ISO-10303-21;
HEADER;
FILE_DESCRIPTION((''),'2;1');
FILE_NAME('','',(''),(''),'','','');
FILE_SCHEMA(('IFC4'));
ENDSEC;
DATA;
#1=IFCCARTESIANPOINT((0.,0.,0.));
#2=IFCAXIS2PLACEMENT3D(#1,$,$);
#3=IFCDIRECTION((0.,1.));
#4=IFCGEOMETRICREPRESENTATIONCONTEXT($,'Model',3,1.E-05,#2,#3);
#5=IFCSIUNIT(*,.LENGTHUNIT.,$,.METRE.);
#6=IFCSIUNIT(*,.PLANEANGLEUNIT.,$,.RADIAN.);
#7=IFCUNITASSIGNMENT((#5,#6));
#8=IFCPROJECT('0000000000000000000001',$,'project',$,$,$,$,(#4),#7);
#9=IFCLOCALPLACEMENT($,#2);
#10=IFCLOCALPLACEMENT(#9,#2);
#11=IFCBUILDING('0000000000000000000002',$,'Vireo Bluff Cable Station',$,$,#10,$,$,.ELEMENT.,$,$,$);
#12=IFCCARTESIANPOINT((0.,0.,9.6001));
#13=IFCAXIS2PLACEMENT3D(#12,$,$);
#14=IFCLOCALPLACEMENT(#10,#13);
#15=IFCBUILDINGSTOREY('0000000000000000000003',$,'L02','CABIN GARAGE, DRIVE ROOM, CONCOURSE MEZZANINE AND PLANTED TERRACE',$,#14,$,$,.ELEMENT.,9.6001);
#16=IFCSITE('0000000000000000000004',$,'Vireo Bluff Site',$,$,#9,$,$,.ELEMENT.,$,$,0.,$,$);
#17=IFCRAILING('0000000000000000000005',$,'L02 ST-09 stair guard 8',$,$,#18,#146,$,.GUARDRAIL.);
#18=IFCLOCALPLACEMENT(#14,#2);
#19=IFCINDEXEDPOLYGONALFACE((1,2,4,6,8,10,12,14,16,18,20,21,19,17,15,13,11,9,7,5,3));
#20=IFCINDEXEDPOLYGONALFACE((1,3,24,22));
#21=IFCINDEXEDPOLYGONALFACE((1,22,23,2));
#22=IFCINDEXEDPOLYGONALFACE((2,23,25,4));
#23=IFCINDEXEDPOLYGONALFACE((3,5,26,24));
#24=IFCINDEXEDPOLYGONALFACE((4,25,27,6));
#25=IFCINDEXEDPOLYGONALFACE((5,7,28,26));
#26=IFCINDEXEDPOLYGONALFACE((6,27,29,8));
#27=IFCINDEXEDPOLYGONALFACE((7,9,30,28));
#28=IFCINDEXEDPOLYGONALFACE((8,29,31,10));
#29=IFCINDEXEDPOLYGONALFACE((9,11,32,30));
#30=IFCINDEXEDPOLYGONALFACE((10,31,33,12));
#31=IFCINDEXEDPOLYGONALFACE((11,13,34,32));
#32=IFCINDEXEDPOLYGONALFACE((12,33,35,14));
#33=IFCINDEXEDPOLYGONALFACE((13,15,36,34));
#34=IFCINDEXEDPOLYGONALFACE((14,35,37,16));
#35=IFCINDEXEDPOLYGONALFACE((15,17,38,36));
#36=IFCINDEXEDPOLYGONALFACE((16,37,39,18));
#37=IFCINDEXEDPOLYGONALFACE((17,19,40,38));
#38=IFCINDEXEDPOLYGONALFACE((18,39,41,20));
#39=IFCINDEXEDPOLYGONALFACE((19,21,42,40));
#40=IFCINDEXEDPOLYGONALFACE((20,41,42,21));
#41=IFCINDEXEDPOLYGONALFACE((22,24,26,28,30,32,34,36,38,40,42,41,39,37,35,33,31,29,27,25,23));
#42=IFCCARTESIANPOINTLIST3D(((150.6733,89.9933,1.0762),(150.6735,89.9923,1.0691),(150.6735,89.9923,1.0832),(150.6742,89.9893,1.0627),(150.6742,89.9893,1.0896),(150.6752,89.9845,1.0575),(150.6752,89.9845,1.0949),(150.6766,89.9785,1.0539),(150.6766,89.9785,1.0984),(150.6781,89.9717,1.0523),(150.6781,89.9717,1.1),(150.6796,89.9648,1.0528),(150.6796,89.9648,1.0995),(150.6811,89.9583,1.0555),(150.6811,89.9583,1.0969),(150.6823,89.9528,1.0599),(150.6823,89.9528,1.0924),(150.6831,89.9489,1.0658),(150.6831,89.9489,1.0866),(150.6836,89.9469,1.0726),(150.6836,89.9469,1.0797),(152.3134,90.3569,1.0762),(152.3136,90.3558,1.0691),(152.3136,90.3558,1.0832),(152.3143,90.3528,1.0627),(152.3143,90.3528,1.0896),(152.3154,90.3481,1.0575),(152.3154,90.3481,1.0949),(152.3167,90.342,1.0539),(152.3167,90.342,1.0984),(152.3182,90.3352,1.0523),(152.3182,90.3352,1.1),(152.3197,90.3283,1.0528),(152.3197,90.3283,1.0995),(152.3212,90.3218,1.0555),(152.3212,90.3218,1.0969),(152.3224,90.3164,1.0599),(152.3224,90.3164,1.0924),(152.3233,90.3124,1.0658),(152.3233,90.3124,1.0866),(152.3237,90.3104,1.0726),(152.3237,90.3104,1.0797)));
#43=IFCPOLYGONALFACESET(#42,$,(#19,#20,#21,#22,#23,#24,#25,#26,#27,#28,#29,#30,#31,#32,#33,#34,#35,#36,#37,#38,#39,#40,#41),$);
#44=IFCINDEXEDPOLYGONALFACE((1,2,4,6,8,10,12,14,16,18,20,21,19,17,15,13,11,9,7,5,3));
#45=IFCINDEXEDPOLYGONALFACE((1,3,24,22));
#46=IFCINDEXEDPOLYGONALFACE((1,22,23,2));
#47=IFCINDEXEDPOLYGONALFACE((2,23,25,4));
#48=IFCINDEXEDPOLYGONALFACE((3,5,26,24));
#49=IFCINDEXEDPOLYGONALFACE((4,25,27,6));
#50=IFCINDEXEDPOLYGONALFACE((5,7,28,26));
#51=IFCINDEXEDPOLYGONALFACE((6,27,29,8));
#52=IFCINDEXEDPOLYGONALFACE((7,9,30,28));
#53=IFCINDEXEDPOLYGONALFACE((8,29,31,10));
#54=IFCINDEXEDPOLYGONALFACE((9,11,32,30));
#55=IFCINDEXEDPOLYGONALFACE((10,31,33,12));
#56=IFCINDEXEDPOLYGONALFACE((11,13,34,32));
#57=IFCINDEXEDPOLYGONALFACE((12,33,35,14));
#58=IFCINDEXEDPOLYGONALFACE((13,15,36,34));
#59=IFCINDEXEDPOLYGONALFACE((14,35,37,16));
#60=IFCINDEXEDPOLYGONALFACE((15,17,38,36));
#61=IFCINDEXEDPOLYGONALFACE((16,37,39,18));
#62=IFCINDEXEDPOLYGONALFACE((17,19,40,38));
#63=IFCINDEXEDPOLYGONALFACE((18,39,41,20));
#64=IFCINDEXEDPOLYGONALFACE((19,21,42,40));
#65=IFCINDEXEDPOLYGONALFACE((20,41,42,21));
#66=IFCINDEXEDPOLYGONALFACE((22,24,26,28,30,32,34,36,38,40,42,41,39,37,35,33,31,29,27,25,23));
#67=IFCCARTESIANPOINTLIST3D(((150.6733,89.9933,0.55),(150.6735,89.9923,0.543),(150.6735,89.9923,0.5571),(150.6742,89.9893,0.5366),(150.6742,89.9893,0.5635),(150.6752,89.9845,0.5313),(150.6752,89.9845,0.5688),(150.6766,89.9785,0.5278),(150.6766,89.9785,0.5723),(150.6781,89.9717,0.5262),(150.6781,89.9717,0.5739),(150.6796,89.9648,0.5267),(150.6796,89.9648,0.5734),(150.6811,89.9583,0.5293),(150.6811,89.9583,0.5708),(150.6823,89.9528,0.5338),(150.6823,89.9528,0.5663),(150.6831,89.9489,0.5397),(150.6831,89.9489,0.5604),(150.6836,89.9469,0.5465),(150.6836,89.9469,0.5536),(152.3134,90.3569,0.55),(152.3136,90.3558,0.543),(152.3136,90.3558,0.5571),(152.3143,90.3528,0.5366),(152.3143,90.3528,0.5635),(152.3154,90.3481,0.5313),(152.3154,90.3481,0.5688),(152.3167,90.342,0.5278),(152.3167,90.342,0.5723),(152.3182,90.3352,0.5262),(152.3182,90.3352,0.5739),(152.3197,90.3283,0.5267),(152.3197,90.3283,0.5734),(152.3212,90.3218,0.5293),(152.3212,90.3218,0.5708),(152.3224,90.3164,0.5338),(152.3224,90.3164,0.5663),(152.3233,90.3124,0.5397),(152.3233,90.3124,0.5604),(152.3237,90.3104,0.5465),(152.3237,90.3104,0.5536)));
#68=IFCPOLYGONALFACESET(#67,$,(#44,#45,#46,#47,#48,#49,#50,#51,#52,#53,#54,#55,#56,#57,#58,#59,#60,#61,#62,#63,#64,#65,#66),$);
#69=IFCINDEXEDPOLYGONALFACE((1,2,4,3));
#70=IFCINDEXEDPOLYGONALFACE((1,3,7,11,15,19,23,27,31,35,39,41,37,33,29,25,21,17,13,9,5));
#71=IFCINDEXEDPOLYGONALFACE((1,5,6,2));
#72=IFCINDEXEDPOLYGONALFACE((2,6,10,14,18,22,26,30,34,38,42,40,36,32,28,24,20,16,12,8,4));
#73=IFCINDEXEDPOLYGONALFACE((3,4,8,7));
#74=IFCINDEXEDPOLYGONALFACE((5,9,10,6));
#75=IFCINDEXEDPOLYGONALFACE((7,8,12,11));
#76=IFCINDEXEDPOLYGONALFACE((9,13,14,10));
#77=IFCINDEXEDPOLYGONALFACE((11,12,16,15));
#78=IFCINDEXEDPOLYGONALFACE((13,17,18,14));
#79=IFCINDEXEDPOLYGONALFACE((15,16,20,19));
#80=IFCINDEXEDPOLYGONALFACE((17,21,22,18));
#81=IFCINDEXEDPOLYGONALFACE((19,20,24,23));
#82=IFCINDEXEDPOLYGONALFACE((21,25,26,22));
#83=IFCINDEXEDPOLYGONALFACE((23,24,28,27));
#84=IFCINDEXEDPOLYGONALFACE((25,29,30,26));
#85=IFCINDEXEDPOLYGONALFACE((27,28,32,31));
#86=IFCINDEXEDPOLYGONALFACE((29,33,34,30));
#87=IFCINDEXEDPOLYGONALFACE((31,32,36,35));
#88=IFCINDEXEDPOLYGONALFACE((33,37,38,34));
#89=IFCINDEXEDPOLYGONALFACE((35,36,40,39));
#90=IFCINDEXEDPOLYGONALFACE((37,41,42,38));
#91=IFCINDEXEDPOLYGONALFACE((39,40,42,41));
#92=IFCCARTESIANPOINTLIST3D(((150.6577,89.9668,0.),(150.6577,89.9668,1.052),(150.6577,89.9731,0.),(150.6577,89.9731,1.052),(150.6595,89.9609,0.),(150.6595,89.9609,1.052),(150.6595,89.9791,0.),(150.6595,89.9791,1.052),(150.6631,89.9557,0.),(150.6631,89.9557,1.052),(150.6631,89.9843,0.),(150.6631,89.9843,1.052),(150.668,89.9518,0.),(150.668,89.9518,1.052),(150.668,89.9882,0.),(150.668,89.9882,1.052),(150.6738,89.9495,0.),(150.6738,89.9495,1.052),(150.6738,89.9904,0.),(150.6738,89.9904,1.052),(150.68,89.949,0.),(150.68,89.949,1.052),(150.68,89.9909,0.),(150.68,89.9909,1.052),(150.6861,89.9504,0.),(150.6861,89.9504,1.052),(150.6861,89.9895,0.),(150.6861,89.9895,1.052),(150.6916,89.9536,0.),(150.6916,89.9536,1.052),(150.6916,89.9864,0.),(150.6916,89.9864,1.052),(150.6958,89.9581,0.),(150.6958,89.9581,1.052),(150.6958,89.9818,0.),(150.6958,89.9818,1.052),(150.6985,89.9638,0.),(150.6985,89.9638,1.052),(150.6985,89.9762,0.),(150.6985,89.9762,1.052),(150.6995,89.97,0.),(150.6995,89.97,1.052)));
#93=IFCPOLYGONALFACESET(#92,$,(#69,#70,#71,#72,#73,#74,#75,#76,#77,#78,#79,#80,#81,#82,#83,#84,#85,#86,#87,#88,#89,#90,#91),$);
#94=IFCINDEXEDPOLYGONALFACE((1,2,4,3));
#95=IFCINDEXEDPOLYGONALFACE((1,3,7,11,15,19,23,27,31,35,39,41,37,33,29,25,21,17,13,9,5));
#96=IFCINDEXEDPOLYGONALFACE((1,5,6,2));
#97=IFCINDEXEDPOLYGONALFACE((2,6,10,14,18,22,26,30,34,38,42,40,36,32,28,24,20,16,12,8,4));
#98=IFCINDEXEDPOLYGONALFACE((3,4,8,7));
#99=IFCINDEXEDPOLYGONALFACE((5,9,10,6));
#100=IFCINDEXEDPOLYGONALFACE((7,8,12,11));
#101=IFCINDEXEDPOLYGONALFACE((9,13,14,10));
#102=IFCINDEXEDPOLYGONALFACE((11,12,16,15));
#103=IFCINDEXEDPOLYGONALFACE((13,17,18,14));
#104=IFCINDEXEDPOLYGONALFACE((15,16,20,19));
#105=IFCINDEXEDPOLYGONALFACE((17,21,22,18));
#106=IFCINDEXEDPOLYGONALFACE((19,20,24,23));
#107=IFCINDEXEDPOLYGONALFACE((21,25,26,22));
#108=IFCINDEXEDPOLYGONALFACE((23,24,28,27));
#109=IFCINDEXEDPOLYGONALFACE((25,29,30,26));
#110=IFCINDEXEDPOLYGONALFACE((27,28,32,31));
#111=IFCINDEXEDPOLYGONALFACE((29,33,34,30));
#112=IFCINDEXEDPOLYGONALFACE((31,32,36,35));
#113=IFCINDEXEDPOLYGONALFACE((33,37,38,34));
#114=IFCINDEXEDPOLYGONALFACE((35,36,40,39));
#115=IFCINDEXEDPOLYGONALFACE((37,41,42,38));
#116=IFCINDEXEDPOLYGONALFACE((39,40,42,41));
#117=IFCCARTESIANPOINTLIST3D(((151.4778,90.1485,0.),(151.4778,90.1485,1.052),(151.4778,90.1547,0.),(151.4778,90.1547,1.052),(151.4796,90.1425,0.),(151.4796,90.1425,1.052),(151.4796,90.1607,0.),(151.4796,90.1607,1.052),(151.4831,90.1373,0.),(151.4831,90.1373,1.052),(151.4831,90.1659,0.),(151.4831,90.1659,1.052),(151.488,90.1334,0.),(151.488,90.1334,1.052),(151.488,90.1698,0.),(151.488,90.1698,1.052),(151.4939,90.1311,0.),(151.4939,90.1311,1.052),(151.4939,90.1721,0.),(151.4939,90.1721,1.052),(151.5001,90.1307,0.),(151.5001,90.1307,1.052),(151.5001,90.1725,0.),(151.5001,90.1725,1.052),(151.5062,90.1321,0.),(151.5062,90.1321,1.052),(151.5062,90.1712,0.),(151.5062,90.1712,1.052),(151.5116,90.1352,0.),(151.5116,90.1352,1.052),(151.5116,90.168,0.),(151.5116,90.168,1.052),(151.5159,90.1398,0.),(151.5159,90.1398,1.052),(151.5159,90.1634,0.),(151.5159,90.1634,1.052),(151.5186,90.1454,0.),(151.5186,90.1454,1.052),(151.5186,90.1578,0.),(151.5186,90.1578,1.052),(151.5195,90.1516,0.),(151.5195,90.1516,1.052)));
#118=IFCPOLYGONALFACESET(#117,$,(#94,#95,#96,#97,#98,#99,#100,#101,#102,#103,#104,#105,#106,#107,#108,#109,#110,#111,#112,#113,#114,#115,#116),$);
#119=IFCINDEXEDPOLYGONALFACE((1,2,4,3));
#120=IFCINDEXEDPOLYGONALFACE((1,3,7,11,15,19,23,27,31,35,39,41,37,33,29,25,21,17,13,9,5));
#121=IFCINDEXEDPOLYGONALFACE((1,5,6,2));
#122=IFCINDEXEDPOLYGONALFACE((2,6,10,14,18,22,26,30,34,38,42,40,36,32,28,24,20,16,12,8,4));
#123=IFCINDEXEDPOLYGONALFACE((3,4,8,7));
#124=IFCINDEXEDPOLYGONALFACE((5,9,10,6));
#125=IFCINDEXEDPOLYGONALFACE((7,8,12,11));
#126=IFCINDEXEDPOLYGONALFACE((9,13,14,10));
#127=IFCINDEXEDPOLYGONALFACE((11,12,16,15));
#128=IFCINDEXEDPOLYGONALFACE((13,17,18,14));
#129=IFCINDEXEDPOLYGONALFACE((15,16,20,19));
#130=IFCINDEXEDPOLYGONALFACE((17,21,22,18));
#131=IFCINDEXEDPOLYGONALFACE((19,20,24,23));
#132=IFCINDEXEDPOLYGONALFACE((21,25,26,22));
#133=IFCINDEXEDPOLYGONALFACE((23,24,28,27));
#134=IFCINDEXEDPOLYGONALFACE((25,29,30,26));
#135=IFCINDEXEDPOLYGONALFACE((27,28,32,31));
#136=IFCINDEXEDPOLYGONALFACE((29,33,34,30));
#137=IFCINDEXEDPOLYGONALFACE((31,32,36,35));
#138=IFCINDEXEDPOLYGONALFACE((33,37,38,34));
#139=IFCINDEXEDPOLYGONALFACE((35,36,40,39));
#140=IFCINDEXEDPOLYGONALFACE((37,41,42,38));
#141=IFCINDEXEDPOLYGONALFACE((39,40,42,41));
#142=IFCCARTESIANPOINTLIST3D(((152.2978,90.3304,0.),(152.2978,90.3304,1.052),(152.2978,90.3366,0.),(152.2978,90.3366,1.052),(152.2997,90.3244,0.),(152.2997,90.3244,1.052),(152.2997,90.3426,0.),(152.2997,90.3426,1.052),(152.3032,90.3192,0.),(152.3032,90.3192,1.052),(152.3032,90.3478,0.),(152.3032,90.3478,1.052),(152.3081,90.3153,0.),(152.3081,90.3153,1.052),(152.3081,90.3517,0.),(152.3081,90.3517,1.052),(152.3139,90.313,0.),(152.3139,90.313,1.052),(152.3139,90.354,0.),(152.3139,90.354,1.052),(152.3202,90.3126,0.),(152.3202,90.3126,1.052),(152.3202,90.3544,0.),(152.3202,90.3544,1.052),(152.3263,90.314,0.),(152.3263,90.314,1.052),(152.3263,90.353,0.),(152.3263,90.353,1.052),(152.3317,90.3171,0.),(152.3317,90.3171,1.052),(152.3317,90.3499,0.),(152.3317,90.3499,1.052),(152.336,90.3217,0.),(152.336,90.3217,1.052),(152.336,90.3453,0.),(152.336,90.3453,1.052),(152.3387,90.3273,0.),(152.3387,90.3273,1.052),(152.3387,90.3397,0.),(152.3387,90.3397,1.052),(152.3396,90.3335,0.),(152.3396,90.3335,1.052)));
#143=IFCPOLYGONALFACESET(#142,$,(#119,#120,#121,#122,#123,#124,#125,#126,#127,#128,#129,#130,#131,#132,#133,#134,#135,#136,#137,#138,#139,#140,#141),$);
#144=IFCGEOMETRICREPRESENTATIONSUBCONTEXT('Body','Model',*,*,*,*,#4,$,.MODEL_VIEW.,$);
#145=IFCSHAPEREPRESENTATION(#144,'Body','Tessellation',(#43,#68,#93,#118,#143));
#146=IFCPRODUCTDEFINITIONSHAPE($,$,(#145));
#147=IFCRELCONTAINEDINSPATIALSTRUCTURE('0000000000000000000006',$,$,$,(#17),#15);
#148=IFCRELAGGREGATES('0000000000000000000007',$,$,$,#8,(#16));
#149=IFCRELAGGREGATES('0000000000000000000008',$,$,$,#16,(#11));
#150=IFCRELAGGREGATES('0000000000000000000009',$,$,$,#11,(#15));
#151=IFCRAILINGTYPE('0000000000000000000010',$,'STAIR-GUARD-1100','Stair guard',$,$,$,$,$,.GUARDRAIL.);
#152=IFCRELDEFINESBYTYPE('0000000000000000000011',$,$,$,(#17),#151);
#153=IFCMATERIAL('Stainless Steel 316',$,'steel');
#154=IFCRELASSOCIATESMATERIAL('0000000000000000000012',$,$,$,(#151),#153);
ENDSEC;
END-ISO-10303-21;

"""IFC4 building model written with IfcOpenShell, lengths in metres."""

from ifc_helpers import new_model, si_unit, direction, frame, origin, origin_2d, place, context, subcontext, project, spatial, circle, extrude, material, type_object, element, save


model = new_model("IFC4")

# Units and contexts
model_context = context("Model", 3, precision=1e-05, world=origin(), true_north=direction((0.0, 1.0)))
body_context = subcontext(model_context, "Body", "Model", "MODEL_VIEW")
ifc_project = project(units=[si_unit("LENGTHUNIT", "METRE"), si_unit("PLANEANGLEUNIT", "RADIAN")], contexts=[model_context])

# Site, building, storey
site_placement = place(None, origin())
site = spatial("IfcSite", under=ifc_project, at=site_placement, Name="Vireo Bluff Site", CompositionType="ELEMENT", RefElevation=0.0)
building_placement = place(site_placement, origin())
building = spatial("IfcBuilding", under=site, at=building_placement, Name="Vireo Bluff Cable Station", CompositionType="ELEMENT")
storey_placement = place(building_placement, frame((0.0, 0.0, 9.6001)))
storey = spatial("IfcBuildingStorey", under=building, at=storey_placement, Name="L02", Description="CABIN GARAGE, DRIVE ROOM, CONCOURSE MEZZANINE AND PLANTED TERRACE", CompositionType="ELEMENT", Elevation=9.6001)

# Shared definitions
ifc_material_1 = material(Name="Stainless Steel 316", Category="steel")

# Railing
railing_type = type_object("IfcRailingType", Name="STAIR-GUARD-1100", Description="Stair guard", PredefinedType="GUARDRAIL", material=ifc_material_1)
railing_1_placement = place(storey_placement, frame((150.6785, 89.97, 0.0)))
element("IfcRailing", 1, at=railing_1_placement, inside=storey, type_object=railing_type, Name="L02 ST-09 stair guard 8", PredefinedType="GUARDRAIL", context=body_context, shape_type="SweptSolid", body=[
    extrude(circle(Radius=0.0239, at=origin_2d()), frame((0.0, 0.0, 1.0762), z_axis=(0.976307, 0.216392, 0.0), x_axis=(-0.216392, 0.976307, 0.0)), (0.0, 0.0, 1.0), 1.6799),
    extrude(circle(Radius=0.0239, at=origin_2d()), frame((0.0, 0.0, 0.55), z_axis=(0.976307, 0.216392, 0.0), x_axis=(-0.216392, 0.976307, 0.0)), (0.0, 0.0, 1.0), 1.6799),
    extrude(circle(Radius=0.021, at=origin_2d()), origin(), (0.0, 0.0, 1.0), 1.052),
    extrude(circle(Radius=0.021, at=origin_2d()), frame((0.8201, 0.1816, 0.0)), (0.0, 0.0, 1.0), 1.052),
    extrude(circle(Radius=0.021, at=origin_2d()), frame((1.6401, 0.3635, 0.0)), (0.0, 0.0, 1.0), 1.052),
])

save(model, "model.ifc")
